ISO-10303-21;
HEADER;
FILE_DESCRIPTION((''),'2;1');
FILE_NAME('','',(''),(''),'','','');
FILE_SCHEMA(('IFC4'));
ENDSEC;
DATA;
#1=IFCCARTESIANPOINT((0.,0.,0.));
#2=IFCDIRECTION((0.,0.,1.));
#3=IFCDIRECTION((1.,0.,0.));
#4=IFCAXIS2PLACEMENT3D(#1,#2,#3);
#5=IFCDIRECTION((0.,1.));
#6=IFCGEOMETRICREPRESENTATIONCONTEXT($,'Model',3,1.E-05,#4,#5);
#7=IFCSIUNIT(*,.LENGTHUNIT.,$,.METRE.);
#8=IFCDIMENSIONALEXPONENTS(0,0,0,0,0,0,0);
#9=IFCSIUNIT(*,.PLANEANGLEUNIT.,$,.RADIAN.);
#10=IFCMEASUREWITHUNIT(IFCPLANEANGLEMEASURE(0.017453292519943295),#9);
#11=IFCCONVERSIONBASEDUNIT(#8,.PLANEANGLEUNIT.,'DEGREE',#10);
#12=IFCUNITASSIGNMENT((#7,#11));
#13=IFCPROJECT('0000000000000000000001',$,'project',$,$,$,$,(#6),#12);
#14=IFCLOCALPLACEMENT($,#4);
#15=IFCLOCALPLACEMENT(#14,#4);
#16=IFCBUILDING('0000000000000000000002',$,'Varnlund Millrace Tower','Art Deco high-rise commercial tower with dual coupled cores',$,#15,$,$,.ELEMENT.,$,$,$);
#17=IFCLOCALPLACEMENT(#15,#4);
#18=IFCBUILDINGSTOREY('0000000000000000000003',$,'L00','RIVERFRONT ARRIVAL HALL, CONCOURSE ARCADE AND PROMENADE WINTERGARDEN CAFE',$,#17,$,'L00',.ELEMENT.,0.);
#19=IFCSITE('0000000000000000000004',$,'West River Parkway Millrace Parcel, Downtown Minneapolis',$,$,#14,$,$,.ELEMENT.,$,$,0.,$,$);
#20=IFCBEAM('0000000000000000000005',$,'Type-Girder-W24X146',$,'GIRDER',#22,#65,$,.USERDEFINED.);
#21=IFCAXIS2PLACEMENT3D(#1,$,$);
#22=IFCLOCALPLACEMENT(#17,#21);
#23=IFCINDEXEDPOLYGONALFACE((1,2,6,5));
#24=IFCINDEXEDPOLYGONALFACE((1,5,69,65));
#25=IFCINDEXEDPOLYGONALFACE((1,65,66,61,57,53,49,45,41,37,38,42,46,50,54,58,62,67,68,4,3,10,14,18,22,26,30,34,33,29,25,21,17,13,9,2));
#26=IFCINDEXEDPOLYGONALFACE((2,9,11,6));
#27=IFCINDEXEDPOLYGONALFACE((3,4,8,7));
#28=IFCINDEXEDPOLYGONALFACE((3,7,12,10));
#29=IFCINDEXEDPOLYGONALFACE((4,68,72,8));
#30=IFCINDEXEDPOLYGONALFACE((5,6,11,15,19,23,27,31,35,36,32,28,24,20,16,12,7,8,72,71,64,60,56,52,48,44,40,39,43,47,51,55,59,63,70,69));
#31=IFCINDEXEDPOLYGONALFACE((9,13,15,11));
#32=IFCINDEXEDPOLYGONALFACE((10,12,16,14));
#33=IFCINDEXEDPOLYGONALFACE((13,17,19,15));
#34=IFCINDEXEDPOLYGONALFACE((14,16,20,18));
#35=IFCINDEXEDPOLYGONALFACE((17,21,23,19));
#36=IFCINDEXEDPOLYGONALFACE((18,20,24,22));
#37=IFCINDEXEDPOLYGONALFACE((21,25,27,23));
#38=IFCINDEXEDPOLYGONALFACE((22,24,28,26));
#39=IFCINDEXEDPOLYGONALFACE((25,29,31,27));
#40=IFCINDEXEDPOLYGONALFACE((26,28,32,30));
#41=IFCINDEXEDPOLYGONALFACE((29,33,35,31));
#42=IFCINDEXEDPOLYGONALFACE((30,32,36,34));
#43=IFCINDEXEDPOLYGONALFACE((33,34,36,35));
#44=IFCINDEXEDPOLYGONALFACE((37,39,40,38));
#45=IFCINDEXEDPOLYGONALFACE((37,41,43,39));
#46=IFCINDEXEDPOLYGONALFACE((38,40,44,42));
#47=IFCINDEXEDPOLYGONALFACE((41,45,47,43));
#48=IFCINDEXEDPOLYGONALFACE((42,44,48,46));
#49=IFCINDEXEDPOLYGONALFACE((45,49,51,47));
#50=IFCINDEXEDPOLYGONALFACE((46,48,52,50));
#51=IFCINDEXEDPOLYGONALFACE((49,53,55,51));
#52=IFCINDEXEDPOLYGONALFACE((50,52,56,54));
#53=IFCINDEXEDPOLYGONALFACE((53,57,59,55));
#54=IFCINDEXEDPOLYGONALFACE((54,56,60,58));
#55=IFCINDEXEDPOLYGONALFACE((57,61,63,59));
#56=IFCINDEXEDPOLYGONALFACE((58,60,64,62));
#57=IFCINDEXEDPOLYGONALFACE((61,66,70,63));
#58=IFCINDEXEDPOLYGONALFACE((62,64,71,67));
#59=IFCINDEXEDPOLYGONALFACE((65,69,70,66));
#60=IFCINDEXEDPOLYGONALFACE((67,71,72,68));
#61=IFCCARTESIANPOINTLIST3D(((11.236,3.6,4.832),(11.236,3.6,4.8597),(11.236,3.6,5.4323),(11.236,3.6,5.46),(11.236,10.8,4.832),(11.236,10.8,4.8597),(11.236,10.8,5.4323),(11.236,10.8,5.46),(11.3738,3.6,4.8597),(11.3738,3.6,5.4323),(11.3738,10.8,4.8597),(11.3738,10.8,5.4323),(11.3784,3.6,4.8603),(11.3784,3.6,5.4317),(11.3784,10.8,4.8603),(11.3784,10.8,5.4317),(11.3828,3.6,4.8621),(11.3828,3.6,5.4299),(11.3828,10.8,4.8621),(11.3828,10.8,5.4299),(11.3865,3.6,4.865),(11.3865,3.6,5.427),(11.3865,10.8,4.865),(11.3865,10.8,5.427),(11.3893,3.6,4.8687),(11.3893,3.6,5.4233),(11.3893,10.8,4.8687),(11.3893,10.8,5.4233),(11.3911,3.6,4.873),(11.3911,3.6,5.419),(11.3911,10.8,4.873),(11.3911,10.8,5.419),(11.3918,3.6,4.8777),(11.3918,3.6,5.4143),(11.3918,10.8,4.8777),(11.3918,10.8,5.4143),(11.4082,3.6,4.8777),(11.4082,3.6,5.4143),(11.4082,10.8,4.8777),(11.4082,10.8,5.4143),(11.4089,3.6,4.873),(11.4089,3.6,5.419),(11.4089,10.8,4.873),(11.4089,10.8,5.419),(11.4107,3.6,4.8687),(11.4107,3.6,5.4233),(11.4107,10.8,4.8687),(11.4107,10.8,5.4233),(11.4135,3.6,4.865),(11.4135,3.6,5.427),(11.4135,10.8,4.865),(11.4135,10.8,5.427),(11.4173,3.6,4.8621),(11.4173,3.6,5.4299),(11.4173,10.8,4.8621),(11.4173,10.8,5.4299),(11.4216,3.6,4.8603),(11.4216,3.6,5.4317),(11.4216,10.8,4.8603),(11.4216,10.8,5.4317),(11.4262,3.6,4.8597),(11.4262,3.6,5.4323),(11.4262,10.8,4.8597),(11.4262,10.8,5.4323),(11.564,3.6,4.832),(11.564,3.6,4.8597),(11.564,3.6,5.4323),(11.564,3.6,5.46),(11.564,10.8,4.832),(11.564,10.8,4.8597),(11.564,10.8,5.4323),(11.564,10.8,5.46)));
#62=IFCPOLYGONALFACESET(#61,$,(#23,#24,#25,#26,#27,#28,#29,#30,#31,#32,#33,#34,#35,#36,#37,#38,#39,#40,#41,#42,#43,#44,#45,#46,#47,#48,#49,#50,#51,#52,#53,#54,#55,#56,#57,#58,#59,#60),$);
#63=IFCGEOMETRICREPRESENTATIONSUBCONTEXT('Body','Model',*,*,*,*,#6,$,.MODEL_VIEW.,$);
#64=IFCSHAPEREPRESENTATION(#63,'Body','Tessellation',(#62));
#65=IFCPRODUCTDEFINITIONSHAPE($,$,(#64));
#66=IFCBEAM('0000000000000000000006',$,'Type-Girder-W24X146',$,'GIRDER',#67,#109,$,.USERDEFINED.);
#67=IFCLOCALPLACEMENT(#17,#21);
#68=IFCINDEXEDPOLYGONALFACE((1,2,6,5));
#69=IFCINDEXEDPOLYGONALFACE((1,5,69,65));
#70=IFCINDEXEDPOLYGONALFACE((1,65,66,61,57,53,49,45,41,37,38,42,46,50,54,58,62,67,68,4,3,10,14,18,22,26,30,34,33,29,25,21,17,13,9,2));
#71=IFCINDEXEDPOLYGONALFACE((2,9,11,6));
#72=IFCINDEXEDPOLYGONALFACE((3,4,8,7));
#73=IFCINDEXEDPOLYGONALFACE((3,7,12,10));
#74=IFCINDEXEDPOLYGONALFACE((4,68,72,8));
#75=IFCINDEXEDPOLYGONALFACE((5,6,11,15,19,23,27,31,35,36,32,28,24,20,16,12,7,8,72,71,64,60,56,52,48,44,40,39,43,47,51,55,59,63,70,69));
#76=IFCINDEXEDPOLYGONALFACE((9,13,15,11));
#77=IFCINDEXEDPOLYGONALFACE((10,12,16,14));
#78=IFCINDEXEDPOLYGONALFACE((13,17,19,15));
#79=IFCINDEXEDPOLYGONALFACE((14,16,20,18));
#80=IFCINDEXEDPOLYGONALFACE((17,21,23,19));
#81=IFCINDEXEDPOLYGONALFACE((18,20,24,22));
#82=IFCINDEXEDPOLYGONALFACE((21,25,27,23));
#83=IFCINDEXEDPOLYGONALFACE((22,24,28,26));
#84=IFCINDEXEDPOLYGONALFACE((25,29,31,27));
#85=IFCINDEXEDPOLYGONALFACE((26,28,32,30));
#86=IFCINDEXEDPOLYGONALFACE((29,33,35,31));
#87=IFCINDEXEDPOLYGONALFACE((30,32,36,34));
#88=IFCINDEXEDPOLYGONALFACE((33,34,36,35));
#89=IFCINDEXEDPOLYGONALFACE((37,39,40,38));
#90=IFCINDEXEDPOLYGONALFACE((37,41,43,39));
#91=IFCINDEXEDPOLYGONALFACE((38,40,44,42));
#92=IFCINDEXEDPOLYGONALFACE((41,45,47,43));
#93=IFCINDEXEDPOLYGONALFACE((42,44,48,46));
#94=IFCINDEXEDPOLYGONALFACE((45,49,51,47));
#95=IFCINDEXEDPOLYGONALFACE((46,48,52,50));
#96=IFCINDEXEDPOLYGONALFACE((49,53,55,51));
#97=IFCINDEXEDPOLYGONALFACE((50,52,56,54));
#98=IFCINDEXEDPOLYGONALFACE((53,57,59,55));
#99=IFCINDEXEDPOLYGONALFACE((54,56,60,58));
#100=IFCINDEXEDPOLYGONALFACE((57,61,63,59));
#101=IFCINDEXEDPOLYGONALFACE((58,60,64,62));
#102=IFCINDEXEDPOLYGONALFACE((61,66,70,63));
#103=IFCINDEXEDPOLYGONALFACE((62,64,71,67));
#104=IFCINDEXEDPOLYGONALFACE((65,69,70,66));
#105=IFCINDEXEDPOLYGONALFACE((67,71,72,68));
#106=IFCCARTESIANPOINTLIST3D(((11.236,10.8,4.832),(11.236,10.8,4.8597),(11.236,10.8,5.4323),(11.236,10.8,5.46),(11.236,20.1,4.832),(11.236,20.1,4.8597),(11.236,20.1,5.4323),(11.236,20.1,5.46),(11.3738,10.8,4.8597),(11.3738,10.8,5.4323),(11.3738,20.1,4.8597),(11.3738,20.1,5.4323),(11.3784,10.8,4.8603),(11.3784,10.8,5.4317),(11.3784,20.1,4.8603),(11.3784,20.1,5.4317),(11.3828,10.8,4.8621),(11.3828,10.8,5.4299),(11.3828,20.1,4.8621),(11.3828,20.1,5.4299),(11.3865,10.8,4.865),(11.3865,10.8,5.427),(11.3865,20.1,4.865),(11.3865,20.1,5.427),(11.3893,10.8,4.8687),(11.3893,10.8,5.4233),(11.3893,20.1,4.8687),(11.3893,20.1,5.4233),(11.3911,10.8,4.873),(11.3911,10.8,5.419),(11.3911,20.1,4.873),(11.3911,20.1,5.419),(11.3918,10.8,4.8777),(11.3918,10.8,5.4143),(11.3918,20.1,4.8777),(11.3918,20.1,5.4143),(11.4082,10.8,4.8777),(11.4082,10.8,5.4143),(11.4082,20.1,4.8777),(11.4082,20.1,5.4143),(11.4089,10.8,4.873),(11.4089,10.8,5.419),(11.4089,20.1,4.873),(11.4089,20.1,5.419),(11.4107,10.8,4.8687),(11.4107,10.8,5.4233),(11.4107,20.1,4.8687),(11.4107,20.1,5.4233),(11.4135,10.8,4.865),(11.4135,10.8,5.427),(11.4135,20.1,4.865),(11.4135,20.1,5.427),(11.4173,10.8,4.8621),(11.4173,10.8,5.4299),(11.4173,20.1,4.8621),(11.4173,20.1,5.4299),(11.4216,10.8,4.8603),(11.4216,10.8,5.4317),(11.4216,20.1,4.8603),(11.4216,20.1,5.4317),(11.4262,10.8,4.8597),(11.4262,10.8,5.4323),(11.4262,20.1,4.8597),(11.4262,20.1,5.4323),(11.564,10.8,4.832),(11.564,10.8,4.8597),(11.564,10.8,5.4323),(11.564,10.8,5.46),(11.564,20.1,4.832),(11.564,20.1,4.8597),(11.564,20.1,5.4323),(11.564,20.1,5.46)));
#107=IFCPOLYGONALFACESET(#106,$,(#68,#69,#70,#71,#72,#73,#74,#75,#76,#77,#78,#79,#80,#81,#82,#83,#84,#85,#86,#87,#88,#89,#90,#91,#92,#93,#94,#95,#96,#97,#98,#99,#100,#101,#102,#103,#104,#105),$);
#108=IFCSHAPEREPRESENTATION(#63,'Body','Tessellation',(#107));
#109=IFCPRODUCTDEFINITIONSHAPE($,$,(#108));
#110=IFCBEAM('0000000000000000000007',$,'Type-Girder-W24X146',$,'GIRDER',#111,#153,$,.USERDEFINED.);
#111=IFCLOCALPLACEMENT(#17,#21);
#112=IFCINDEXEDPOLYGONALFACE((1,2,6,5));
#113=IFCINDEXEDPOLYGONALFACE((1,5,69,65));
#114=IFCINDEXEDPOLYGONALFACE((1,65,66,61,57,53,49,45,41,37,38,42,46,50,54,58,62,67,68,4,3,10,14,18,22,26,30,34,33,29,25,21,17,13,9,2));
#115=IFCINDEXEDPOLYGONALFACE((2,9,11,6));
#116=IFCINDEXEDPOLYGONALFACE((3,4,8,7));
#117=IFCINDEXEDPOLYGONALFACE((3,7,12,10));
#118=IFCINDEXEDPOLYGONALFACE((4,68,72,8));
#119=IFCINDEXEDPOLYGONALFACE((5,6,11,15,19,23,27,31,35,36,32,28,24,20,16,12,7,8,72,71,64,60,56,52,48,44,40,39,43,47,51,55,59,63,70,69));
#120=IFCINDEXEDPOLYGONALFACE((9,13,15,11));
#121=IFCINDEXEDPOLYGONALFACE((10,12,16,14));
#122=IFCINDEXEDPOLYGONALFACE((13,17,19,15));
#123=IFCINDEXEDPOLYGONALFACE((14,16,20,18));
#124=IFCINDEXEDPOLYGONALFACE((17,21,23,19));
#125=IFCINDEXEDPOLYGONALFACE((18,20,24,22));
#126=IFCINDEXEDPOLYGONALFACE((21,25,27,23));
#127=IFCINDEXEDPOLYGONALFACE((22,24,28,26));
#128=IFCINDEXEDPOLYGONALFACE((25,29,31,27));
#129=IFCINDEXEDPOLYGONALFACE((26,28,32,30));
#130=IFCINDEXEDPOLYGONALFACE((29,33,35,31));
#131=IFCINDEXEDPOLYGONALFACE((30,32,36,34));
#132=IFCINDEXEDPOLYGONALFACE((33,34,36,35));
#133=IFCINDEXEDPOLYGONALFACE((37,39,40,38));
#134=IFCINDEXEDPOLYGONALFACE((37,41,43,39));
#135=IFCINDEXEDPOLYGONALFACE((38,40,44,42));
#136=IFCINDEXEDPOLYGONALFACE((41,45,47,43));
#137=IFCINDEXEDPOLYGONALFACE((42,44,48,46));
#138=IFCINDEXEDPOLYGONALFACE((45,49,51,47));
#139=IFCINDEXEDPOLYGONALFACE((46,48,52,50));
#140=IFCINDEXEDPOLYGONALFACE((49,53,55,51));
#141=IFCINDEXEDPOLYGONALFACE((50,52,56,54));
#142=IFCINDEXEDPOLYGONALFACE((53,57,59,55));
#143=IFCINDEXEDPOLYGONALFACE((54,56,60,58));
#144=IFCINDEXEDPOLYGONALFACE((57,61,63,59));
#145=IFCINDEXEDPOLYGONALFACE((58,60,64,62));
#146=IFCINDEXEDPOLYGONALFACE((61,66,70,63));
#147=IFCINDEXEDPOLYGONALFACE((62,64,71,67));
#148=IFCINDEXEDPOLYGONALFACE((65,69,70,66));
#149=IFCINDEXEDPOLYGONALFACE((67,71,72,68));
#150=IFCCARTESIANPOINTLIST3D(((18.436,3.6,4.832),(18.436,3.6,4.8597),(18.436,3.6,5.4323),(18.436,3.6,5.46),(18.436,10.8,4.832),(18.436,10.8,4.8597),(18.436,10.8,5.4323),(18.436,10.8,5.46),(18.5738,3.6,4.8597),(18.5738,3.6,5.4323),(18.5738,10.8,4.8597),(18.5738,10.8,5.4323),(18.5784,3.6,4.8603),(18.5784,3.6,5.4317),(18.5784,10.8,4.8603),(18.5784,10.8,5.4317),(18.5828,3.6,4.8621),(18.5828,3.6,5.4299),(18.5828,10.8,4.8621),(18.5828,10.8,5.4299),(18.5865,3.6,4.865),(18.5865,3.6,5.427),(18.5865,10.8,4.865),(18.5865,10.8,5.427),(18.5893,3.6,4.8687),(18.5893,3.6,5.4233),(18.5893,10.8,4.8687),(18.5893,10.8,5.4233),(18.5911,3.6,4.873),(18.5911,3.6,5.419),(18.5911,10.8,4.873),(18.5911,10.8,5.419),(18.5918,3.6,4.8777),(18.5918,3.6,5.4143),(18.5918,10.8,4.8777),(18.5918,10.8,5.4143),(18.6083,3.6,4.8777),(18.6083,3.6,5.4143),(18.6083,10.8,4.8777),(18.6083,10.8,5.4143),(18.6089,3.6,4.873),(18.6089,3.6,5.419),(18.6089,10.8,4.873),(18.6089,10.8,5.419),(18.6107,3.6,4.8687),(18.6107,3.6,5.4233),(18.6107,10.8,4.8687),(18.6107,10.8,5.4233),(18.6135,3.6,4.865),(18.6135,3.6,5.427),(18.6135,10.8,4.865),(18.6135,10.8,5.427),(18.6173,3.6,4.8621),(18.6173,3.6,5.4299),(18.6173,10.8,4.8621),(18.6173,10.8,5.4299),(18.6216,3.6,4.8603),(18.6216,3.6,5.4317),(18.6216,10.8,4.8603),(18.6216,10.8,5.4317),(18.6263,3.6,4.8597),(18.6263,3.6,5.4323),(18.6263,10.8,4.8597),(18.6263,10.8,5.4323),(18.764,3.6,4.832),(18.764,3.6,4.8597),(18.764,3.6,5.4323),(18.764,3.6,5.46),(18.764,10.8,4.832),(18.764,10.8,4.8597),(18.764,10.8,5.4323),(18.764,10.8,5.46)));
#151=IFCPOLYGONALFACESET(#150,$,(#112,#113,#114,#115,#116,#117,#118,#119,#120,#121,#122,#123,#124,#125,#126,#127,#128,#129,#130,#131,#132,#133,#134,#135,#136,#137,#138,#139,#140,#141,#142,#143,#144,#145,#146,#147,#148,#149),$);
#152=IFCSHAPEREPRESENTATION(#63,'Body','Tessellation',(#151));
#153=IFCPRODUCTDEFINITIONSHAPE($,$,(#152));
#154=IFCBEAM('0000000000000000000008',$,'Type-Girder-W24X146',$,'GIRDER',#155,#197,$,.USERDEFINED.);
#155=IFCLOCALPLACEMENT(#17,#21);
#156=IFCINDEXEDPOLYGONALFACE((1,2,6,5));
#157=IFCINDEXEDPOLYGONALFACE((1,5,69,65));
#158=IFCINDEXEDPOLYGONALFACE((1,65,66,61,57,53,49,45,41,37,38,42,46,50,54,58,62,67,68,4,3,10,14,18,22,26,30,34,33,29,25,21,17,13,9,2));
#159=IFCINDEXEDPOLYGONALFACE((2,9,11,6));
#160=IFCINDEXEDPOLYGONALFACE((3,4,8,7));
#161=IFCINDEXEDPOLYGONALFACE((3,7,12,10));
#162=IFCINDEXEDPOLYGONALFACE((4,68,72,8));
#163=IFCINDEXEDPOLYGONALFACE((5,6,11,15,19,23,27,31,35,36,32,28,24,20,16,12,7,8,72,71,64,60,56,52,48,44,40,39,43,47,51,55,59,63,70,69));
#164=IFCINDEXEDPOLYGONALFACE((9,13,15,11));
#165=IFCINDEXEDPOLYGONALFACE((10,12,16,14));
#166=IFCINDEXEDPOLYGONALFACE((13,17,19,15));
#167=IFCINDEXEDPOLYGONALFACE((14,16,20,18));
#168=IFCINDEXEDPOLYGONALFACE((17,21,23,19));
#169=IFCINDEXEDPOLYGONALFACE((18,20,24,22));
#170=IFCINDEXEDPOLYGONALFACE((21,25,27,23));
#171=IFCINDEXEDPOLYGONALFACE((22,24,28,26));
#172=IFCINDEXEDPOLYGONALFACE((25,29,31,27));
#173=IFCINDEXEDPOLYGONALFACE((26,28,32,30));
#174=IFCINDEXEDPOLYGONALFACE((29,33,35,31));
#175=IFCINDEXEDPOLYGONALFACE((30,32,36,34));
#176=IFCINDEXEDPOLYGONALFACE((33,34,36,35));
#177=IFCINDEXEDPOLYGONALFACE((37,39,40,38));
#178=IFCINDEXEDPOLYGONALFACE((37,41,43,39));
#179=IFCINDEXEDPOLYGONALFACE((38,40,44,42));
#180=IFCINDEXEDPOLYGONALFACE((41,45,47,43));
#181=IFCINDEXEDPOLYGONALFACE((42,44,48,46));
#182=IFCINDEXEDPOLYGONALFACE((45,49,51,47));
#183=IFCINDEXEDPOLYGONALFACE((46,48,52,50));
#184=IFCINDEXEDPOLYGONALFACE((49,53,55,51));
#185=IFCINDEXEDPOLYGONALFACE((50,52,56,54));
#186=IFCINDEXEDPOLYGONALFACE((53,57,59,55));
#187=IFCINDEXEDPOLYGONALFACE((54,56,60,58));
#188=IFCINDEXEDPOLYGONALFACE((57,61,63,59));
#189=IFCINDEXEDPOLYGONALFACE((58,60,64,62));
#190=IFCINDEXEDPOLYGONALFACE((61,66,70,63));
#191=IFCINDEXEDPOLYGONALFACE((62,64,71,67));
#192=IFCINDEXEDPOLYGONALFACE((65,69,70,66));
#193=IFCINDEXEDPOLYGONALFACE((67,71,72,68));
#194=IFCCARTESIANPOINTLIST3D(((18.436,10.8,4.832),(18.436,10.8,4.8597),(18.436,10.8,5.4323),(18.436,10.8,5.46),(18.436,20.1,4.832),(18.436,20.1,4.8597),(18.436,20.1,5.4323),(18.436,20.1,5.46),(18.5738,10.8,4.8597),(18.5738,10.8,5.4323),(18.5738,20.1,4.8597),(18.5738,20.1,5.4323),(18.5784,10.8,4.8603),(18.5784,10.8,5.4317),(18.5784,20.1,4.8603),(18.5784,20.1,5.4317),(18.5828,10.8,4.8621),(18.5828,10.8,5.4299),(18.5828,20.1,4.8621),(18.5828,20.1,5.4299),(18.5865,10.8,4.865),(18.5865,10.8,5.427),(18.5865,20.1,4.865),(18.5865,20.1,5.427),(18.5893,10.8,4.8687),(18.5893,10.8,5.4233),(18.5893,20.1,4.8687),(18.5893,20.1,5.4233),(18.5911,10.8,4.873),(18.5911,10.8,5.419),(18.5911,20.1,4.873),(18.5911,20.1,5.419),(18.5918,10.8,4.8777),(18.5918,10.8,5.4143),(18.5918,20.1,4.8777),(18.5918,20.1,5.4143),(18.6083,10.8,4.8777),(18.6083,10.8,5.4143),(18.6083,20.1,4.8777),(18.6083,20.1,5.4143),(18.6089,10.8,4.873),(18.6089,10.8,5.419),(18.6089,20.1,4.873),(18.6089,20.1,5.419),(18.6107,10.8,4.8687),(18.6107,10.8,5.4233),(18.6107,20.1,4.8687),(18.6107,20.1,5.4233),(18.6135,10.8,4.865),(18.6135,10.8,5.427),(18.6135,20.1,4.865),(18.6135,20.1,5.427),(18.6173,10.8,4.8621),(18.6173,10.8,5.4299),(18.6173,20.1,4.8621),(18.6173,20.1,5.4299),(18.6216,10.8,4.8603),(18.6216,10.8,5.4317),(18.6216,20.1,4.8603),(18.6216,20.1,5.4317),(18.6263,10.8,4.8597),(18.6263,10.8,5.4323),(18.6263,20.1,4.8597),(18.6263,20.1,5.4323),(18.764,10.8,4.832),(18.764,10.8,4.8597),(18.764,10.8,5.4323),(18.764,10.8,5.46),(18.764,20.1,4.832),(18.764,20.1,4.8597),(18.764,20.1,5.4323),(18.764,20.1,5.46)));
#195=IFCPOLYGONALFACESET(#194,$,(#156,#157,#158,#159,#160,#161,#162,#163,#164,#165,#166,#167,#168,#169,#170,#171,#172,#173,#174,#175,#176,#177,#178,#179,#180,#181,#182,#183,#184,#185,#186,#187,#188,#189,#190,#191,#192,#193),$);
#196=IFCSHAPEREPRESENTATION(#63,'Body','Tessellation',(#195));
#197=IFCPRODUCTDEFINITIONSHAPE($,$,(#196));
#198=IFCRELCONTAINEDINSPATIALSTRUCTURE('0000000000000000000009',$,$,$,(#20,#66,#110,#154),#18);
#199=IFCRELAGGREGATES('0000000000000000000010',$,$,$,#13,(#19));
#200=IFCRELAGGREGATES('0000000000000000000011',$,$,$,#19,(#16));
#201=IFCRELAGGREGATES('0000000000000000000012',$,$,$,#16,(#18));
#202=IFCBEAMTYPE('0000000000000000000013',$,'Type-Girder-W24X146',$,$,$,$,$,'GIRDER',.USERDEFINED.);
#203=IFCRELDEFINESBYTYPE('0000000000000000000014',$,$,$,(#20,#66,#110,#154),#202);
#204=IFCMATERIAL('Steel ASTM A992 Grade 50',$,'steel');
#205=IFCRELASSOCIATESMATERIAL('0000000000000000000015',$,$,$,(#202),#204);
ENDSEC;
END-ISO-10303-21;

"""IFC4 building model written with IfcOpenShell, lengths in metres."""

from ifc_helpers import new_model, entity, si_unit, converted_unit, direction, frame, origin_with_axes, origin_2d_with_axis, place, context, subcontext, project, spatial, i_section, extrude, material, material_profile, profile_set, type_object, element, save


model = new_model("IFC4")

# Units and contexts
model_context = context("Model", 3, precision=1e-05, world=origin_with_axes(), true_north=direction((0.0, 1.0)))
body_context = subcontext(model_context, "Body", "Model", "MODEL_VIEW")
ifc_project = project(units=[si_unit("LENGTHUNIT", "METRE"), converted_unit("PLANEANGLEUNIT", "DEGREE", entity("IfcPlaneAngleMeasure", 0.017453292519943295), si_unit("PLANEANGLEUNIT", "RADIAN"), dimensions=[0, 0, 0, 0, 0, 0, 0])], contexts=[model_context])

# Site, building, storey
site_placement = place(None, origin_with_axes())
site = spatial("IfcSite", under=ifc_project, at=site_placement, Name="West River Parkway Millrace Parcel, Downtown Minneapolis", CompositionType="ELEMENT", RefElevation=0.0)
building_placement = place(site_placement, origin_with_axes())
building = spatial("IfcBuilding", under=site, at=building_placement, Name="Varnlund Millrace Tower", Description="Art Deco high-rise commercial tower with dual coupled cores", CompositionType="ELEMENT")
storey_placement = place(building_placement, origin_with_axes())
storey = spatial("IfcBuildingStorey", under=building, at=storey_placement, Name="L00", Description="RIVERFRONT ARRIVAL HALL, CONCOURSE ARCADE AND PROMENADE WINTERGARDEN CAFE", LongName="L00", CompositionType="ELEMENT", Elevation=0.0)

# Beams
ifc_material_1 = material(Name="Steel ASTM A992 Grade 50", Category="steel")
ifc_material_profile_1 = material_profile(ifc_material_1, i_section(OverallWidth=0.328, OverallDepth=0.628, WebThickness=0.0165, FlangeThickness=0.0277, FilletRadius=0.018, at=origin_2d_with_axis()), Name="Steel ASTM A992 Grade 50")
ifc_profile_set_1 = profile_set([ifc_material_profile_1], Name="Steel ASTM A992 Grade 50")
beam_type_1 = type_object("IfcBeamType", Name="Type-Girder-W24X146", ElementType="GIRDER", PredefinedType="USERDEFINED", material=ifc_profile_set_1)
beam_1_placement = place(storey_placement, frame((11.4, 3.6, 5.146), z_axis=(0.0, 1.0, 0.0), x_axis=(-1.0, 0.0, 0.0)))
element("IfcBeam", 1, at=beam_1_placement, inside=storey, type_object=beam_type_1, Name="Type-Girder-W24X146", ObjectType="GIRDER", PredefinedType="USERDEFINED", context=body_context, shape_type="SweptSolid", body=[
    extrude(i_section(OverallWidth=0.328, OverallDepth=0.628, WebThickness=0.0165, FlangeThickness=0.0277, FilletRadius=0.018, at=origin_2d_with_axis()), origin_with_axes(), (0.0, 0.0, 1.0), 7.2),
])
beam_2_placement = place(storey_placement, frame((11.4, 10.8, 5.146), z_axis=(0.0, 1.0, 0.0), x_axis=(-1.0, 0.0, 0.0)))
element("IfcBeam", 2, at=beam_2_placement, inside=storey, type_object=beam_type_1, Name="Type-Girder-W24X146", ObjectType="GIRDER", PredefinedType="USERDEFINED", context=body_context, shape_type="SweptSolid", body=[
    extrude(i_section(OverallWidth=0.328, OverallDepth=0.628, WebThickness=0.0165, FlangeThickness=0.0277, FilletRadius=0.018, at=origin_2d_with_axis()), origin_with_axes(), (0.0, 0.0, 1.0), 9.3),
])
beam_3_placement = place(storey_placement, frame((18.6, 3.6, 5.146), z_axis=(0.0, 1.0, 0.0), x_axis=(-1.0, 0.0, 0.0)))
element("IfcBeam", 3, at=beam_3_placement, inside=storey, type_object=beam_type_1, Name="Type-Girder-W24X146", ObjectType="GIRDER", PredefinedType="USERDEFINED", context=body_context, shape_type="SweptSolid", body=[
    extrude(i_section(OverallWidth=0.328, OverallDepth=0.628, WebThickness=0.0165, FlangeThickness=0.0277, FilletRadius=0.018, at=origin_2d_with_axis()), origin_with_axes(), (0.0, 0.0, 1.0), 7.2),
])
beam_4_placement = place(storey_placement, frame((18.6, 10.8, 5.146), z_axis=(0.0, 1.0, 0.0), x_axis=(-1.0, 0.0, 0.0)))
element("IfcBeam", 4, at=beam_4_placement, inside=storey, type_object=beam_type_1, Name="Type-Girder-W24X146", ObjectType="GIRDER", PredefinedType="USERDEFINED", context=body_context, shape_type="SweptSolid", body=[
    extrude(i_section(OverallWidth=0.328, OverallDepth=0.628, WebThickness=0.0165, FlangeThickness=0.0277, FilletRadius=0.018, at=origin_2d_with_axis()), origin_with_axes(), (0.0, 0.0, 1.0), 9.3),
])

save(model, "model.ifc")
